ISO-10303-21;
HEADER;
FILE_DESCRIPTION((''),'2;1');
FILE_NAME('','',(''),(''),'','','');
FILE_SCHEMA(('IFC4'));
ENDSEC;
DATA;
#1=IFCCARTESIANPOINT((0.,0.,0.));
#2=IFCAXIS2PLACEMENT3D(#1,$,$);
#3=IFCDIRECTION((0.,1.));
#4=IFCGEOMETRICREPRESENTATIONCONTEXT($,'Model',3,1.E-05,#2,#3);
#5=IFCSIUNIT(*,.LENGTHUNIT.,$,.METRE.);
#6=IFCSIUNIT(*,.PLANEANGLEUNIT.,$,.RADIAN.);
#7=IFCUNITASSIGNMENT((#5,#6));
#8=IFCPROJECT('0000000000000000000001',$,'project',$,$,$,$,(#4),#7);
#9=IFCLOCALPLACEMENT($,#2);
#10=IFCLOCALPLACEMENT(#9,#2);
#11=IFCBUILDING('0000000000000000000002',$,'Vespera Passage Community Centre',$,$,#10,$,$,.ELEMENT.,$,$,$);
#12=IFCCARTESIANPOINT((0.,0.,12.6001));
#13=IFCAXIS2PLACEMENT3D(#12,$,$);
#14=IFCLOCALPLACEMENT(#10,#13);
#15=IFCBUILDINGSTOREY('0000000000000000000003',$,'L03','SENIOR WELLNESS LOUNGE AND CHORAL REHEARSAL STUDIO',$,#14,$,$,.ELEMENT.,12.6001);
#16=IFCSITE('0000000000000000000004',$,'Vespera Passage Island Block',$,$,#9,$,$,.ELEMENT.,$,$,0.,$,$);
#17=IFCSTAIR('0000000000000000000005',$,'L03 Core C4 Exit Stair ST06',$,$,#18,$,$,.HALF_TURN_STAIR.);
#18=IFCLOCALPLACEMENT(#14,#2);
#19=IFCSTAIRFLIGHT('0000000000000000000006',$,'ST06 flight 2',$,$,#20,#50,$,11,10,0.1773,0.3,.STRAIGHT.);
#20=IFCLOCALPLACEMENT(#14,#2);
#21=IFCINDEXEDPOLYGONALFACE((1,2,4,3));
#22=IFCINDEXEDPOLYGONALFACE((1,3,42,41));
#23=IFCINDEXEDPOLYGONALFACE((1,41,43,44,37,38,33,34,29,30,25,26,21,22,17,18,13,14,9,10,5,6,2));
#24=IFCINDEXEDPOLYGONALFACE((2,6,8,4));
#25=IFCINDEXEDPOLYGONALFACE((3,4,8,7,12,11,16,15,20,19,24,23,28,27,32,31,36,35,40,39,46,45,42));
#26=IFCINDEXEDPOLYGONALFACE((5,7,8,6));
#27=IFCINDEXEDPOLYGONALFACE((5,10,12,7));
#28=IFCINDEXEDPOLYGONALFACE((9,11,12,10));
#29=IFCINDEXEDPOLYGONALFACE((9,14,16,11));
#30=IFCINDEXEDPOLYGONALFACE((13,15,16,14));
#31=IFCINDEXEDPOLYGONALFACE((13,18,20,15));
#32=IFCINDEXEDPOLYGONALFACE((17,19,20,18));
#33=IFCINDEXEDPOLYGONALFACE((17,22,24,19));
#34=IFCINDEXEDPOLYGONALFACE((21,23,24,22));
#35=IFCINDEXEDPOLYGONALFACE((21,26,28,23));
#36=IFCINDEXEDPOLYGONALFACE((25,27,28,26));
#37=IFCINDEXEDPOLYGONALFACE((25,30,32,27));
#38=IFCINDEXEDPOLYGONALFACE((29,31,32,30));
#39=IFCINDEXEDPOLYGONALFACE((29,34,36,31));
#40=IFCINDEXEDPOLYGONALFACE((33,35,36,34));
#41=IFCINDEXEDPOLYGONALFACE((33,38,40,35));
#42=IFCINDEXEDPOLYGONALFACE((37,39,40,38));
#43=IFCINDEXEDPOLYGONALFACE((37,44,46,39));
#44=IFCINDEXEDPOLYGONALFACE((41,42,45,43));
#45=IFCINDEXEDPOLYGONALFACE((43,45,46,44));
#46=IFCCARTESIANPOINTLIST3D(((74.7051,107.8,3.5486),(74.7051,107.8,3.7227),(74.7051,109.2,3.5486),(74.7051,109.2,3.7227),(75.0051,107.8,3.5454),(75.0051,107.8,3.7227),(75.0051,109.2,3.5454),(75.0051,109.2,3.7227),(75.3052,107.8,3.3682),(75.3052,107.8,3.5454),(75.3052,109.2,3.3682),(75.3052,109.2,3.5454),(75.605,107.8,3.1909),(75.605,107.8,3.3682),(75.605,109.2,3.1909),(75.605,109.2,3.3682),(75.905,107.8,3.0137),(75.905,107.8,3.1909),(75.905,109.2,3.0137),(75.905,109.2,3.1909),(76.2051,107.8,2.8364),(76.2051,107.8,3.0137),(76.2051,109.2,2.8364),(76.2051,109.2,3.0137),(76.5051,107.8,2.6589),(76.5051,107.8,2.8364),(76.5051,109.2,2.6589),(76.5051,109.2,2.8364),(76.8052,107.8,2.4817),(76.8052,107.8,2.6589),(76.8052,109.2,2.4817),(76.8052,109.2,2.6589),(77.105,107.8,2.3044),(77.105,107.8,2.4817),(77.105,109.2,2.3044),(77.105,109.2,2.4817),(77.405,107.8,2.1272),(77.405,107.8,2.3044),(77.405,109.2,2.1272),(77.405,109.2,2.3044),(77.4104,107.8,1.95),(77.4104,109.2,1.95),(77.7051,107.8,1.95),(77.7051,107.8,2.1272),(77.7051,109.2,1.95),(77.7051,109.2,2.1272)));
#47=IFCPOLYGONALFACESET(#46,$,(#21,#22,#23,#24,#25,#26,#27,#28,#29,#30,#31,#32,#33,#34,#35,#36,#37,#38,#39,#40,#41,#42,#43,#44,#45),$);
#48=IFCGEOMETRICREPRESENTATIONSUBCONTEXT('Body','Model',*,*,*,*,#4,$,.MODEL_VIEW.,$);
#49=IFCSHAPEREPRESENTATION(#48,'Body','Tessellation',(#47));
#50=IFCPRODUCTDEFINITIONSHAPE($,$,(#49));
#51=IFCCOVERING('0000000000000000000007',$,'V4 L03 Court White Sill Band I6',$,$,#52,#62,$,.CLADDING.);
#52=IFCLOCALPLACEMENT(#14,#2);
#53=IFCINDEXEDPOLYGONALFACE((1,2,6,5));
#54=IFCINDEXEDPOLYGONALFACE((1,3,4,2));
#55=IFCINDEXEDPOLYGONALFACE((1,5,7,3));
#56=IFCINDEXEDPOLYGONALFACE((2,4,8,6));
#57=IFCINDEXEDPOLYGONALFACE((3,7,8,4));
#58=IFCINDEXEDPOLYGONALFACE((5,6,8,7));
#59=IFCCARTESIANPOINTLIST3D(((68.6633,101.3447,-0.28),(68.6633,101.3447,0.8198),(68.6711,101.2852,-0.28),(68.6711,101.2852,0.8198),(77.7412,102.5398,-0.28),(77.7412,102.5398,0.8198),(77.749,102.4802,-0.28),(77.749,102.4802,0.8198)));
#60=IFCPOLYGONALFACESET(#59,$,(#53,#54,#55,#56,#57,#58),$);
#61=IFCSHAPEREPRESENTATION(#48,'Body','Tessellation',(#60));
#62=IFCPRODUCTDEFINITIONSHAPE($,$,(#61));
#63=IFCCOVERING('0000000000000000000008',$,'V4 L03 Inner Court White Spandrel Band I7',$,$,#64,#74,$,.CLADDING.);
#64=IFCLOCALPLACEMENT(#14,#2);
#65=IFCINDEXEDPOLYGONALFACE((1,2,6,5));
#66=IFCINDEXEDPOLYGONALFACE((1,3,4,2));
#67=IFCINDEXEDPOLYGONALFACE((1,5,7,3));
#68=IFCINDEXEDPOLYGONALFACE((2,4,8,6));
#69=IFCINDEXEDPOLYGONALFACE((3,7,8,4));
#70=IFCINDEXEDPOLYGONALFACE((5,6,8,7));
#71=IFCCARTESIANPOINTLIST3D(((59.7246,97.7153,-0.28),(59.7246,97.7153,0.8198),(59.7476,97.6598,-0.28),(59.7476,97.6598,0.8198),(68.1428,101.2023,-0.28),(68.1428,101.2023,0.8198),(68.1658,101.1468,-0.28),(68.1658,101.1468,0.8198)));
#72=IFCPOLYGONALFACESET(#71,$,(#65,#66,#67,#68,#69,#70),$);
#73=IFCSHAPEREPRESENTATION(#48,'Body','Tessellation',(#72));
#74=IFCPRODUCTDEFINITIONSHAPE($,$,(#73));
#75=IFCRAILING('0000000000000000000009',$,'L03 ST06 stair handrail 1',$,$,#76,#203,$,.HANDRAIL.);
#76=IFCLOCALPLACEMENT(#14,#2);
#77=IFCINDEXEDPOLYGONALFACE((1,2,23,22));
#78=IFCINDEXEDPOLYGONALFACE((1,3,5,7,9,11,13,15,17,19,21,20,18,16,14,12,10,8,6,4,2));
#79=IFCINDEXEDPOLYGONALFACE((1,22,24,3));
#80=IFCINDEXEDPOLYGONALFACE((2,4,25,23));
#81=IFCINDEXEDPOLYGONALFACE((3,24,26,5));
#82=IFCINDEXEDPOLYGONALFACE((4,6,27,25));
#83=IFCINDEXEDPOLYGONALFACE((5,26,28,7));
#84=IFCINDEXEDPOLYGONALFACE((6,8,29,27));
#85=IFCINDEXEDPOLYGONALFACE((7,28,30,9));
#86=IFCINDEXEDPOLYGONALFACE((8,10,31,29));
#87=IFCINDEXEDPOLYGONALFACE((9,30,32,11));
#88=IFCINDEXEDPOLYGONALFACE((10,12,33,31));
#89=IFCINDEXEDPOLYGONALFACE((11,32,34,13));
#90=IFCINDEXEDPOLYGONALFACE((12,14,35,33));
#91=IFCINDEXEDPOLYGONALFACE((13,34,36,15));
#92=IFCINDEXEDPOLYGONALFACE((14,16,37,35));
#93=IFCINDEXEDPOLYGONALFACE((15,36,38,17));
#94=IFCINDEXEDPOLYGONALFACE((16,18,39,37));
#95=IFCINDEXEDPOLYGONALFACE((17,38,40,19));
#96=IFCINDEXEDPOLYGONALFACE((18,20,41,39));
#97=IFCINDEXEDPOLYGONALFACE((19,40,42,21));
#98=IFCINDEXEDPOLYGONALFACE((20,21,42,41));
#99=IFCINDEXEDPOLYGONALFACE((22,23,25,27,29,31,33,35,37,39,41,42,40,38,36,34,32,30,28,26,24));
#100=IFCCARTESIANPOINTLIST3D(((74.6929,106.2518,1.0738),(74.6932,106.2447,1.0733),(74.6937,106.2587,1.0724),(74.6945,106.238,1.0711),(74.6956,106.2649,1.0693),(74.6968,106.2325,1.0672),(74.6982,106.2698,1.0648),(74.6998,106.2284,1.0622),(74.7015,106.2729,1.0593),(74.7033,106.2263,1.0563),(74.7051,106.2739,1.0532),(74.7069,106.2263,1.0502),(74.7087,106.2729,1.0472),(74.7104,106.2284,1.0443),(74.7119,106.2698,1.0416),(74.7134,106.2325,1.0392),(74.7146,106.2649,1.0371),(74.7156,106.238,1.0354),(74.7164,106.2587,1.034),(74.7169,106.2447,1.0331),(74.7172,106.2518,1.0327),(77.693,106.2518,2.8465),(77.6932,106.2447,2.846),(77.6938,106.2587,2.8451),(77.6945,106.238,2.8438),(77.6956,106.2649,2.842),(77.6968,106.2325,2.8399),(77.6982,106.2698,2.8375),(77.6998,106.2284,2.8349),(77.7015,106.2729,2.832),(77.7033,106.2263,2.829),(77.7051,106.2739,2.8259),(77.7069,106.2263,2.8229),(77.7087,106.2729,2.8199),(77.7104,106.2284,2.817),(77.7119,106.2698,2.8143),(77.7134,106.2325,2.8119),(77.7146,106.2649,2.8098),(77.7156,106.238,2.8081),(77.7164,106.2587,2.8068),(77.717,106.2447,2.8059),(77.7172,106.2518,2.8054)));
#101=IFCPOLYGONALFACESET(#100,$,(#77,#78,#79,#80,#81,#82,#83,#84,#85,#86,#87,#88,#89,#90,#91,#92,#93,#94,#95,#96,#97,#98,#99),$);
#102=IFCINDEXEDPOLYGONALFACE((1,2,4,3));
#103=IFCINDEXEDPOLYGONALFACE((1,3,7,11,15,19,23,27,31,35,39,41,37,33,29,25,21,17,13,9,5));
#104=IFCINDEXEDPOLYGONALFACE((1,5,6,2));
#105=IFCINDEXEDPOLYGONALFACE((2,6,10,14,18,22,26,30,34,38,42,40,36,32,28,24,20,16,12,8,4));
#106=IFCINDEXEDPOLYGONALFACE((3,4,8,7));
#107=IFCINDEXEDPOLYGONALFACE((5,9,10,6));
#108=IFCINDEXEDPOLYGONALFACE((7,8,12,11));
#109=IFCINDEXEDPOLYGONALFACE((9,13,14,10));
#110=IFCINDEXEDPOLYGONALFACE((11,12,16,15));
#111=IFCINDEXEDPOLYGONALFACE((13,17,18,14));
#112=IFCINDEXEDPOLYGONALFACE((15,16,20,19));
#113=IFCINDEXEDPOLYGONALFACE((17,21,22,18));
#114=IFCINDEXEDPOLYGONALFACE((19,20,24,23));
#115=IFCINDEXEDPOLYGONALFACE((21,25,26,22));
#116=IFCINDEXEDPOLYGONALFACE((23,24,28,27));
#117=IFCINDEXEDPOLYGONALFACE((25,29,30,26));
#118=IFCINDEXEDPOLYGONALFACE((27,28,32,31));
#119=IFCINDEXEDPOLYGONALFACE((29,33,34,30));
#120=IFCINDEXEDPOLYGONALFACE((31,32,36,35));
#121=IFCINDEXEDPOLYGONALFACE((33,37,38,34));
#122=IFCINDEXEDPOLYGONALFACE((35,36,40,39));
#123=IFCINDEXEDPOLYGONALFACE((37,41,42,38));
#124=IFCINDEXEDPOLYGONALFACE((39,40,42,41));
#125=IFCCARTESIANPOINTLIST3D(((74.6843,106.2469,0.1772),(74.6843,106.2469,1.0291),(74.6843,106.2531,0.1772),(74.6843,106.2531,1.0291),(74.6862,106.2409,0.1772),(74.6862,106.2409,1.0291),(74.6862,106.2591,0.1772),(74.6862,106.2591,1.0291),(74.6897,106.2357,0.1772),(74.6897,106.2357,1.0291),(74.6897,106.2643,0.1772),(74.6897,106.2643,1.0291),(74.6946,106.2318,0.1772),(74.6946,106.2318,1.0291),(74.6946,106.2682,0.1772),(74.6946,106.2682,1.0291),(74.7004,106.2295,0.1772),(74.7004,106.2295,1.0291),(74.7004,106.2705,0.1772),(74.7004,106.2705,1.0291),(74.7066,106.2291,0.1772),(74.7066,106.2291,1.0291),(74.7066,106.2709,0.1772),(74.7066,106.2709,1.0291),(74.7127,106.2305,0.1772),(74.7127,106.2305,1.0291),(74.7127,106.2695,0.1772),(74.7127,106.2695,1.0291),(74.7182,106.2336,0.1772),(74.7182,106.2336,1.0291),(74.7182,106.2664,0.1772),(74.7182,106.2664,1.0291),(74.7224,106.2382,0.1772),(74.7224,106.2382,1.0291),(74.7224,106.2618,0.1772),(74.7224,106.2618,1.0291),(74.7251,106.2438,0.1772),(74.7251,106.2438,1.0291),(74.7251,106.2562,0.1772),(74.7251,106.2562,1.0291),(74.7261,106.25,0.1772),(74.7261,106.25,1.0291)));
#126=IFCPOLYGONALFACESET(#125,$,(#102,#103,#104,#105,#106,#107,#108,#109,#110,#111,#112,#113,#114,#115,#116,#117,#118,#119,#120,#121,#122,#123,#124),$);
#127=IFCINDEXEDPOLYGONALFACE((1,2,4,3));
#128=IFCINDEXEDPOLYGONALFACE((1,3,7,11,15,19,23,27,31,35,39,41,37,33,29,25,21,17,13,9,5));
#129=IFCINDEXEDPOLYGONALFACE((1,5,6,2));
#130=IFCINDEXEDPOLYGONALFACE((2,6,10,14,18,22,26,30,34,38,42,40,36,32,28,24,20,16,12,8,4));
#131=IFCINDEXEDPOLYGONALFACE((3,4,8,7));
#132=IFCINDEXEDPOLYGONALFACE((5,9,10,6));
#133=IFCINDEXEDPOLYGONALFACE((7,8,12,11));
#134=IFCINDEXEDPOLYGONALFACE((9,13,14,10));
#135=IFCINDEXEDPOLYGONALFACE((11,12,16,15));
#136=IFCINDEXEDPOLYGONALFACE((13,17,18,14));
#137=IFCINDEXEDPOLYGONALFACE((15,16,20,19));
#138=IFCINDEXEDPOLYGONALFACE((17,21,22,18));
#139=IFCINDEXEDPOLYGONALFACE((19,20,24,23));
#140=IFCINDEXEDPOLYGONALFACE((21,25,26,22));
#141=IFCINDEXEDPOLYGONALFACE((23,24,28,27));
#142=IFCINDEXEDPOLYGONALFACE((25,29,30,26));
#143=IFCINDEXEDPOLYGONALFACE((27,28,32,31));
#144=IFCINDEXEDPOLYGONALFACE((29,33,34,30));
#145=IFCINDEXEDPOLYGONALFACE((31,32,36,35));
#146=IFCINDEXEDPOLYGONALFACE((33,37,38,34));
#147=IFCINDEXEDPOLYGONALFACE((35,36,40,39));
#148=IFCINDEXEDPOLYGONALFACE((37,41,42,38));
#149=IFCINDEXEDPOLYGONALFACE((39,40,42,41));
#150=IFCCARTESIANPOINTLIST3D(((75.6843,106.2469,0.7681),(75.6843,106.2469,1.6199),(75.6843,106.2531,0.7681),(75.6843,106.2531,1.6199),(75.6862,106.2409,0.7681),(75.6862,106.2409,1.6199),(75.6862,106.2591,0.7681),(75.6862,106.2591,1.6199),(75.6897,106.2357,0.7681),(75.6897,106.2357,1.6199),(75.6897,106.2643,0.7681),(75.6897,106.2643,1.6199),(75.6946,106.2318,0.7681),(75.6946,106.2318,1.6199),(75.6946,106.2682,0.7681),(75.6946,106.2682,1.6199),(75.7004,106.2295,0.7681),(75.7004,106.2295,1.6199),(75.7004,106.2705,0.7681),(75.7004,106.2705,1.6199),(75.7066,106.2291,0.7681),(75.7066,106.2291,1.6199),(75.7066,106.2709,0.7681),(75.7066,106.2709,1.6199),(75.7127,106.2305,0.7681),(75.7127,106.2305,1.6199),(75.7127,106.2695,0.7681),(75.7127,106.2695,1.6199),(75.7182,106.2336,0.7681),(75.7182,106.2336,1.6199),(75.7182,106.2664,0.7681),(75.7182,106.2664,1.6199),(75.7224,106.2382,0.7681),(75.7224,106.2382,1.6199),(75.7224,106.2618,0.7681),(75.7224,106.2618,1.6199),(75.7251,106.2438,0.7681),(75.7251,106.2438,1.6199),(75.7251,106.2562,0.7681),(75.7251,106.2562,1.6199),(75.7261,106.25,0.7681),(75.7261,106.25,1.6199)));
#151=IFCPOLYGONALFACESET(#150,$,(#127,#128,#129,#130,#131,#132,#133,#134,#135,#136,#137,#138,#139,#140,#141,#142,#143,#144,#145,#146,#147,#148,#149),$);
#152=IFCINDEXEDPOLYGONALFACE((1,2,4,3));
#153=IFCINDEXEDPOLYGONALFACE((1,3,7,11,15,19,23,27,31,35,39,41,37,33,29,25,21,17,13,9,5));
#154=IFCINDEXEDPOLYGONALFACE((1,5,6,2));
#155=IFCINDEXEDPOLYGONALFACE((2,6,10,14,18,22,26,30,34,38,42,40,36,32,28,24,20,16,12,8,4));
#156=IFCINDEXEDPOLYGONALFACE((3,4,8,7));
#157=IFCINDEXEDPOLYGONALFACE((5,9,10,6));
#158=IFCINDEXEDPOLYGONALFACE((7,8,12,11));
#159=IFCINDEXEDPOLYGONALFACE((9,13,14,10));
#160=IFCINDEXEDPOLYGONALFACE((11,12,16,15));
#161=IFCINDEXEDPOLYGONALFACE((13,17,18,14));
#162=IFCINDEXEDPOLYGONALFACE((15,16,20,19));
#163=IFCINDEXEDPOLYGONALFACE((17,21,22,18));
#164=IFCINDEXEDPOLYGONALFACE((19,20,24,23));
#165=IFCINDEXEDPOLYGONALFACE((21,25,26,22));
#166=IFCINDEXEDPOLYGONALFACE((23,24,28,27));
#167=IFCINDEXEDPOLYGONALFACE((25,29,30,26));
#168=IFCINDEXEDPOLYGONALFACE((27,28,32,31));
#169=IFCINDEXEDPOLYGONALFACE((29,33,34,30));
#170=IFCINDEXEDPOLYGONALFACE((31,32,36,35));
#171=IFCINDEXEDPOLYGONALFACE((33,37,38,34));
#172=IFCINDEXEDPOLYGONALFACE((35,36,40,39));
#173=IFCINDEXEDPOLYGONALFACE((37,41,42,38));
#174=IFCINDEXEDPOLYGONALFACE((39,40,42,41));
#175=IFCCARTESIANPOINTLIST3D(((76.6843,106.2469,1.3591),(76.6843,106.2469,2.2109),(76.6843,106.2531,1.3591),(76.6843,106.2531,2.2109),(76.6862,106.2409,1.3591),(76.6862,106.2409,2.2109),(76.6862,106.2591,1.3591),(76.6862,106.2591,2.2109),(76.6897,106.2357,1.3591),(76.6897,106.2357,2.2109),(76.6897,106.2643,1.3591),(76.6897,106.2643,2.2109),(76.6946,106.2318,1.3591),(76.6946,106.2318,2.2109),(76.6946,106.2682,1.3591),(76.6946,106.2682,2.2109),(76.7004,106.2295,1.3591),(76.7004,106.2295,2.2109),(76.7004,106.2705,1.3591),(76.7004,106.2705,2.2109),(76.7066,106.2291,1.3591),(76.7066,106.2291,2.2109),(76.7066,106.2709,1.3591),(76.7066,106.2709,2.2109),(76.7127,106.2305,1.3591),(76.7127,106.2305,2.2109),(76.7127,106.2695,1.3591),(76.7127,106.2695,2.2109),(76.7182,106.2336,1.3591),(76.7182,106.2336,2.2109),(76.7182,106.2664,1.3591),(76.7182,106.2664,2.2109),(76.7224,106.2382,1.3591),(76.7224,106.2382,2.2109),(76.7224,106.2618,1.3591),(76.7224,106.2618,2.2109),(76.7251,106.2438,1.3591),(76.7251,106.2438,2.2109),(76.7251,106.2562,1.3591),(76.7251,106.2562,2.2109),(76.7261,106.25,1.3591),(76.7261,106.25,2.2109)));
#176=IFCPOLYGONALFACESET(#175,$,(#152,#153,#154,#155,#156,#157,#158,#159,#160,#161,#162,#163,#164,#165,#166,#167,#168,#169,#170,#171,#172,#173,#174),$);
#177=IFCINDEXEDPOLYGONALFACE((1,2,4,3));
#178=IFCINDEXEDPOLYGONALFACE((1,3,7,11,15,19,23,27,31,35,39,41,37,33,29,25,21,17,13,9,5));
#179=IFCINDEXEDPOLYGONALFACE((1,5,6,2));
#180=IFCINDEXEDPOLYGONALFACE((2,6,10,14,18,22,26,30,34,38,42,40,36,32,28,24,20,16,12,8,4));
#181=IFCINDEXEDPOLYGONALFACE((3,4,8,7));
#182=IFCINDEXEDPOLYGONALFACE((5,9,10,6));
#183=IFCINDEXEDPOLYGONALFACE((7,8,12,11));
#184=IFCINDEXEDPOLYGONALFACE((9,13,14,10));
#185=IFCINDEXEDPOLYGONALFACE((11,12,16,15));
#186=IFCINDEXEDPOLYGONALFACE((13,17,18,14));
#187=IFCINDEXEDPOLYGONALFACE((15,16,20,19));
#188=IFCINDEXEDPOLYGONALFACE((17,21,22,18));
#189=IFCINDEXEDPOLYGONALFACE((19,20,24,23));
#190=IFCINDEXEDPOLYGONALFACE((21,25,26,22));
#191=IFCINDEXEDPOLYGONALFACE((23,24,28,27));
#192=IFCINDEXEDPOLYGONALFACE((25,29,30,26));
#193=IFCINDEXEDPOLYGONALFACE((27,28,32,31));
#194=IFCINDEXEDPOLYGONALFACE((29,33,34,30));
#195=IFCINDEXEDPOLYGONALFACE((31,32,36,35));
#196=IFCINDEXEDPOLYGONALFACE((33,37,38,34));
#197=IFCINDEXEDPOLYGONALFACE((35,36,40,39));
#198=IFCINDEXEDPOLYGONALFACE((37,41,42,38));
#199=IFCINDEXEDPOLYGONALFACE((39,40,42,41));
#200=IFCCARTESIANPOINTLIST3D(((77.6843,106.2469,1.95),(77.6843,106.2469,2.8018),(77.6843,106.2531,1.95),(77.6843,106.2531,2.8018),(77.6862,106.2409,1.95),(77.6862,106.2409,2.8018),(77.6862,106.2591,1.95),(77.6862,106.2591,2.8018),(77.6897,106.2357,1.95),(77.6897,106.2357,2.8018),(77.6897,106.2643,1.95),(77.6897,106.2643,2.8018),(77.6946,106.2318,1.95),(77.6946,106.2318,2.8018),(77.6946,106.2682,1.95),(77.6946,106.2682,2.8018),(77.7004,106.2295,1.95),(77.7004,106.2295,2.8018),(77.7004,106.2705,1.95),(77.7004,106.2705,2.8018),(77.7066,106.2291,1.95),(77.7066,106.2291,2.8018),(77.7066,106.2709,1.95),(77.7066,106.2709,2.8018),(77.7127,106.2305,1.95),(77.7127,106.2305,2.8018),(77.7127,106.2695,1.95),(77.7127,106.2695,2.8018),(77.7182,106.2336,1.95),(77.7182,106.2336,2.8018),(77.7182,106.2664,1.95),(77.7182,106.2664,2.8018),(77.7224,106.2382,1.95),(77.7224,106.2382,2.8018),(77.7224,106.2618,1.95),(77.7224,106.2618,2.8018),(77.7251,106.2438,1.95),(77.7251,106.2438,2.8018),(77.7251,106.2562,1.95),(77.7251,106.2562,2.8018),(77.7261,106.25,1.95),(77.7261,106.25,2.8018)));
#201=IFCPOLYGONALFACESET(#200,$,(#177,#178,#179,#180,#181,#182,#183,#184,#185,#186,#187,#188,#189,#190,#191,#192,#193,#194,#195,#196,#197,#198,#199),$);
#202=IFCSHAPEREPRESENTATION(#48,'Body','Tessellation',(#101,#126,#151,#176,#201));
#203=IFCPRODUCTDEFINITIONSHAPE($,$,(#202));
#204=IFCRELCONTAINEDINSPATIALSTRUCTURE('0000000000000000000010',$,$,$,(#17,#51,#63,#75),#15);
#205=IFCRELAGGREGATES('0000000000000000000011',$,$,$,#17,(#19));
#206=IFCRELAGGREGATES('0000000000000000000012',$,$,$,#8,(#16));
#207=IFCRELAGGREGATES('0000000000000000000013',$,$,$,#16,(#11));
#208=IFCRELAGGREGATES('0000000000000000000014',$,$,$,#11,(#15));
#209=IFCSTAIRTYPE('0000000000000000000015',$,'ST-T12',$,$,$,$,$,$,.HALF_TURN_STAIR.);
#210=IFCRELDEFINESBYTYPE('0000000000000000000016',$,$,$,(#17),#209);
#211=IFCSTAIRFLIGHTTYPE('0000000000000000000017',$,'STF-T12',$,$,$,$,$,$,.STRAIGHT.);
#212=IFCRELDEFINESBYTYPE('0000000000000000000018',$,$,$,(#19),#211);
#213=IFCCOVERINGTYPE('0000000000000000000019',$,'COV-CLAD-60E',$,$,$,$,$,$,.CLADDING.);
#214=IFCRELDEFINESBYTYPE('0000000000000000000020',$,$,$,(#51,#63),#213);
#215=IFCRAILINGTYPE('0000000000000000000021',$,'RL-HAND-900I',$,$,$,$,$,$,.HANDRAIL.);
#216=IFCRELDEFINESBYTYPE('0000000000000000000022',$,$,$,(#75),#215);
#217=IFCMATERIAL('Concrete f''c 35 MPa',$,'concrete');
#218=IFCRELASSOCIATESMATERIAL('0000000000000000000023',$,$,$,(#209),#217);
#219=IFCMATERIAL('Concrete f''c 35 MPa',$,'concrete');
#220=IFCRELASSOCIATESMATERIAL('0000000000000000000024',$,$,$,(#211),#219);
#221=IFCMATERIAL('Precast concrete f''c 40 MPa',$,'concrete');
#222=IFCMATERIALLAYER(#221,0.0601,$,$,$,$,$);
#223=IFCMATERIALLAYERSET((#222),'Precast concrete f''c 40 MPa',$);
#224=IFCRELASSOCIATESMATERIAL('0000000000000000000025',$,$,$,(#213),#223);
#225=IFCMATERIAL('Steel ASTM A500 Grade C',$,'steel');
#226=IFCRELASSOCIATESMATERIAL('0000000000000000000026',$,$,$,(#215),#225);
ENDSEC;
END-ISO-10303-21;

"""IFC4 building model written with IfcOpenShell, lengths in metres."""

from ifc_helpers import new_model, si_unit, direction, frame, frame_2d, origin, origin_2d, place, context, subcontext, project, spatial, polyline, rectangle, circle, outline, extrude, material, layer, layer_set, type_object, element, aggregate, save


model = new_model("IFC4")

# Units and contexts
model_context = context("Model", 3, precision=1e-05, world=origin(), true_north=direction((0.0, 1.0)))
body_context = subcontext(model_context, "Body", "Model", "MODEL_VIEW")
ifc_project = project(units=[si_unit("LENGTHUNIT", "METRE"), si_unit("PLANEANGLEUNIT", "RADIAN")], contexts=[model_context])

# Site, building, storey
site_placement = place(None, origin())
site = spatial("IfcSite", under=ifc_project, at=site_placement, Name="Vespera Passage Island Block", CompositionType="ELEMENT", RefElevation=0.0)
building_placement = place(site_placement, origin())
building = spatial("IfcBuilding", under=site, at=building_placement, Name="Vespera Passage Community Centre", CompositionType="ELEMENT")
storey_placement = place(building_placement, frame((0.0, 0.0, 12.6001)))
storey = spatial("IfcBuildingStorey", under=building, at=storey_placement, Name="L03", Description="SENIOR WELLNESS LOUNGE AND CHORAL REHEARSAL STUDIO", CompositionType="ELEMENT", Elevation=12.6001)

# Stair, stair flight
ifc_material_1 = material(Name="Concrete f'c 35 MPa", Category="concrete")
stair_type = type_object("IfcStairType", Name="ST-T12", PredefinedType="HALF_TURN_STAIR", material=ifc_material_1)
stair_placement = place(storey_placement, origin())
stair = element("IfcStair", 1, at=stair_placement, inside=storey, type_object=stair_type, Name="L03 Core C4 Exit Stair ST06", PredefinedType="HALF_TURN_STAIR")
ifc_material_2 = material(Name="Concrete f'c 35 MPa", Category="concrete")
stair_flight_type = type_object("IfcStairFlightType", Name="STF-T12", PredefinedType="STRAIGHT", material=ifc_material_2)
stair_flight_1_placement = place(storey_placement, frame((77.7051, 108.5, 1.95), z_axis=(0.0, 0.0, 1.0), x_axis=(-1.0, 0.0, 0.0)))
stair_flight_1 = element("IfcStairFlight", 2, at=stair_flight_1_placement, type_object=stair_flight_type, Name="ST06 flight 2", NumberOfRisers=11, NumberOfTreads=10, PredefinedType="STRAIGHT", RiserHeight=0.1773, TreadLength=0.3, context=body_context, shape_type="SweptSolid", body=[
    extrude(outline(polyline([(0.0, 0.0), (0.0, 0.1772), (0.3, 0.1772), (0.3, 0.3545), (0.6001, 0.3545), (0.6001, 0.5317), (0.8999, 0.5317), (0.8999, 0.709), (1.2, 0.709), (1.2, 0.8865), (1.5, 0.8865), (1.5, 1.0637), (1.8, 1.0637), (1.8, 1.241), (2.1001, 1.241), (2.1001, 1.4182), (2.3999, 1.4182), (2.3999, 1.5955), (2.7, 1.5955), (2.7, 1.7727), (3.0, 1.7727), (3.0, 1.95), (3.0, 1.5986), (0.2947, 0.0), (0.0, 0.0)])), frame((0.0, 0.7, 0.0), z_axis=(0.0, -1.0, 0.0), x_axis=(1.0, 0.0, 0.0)), (0.0, 0.0, 1.0), 1.3999),
])
aggregate(stair, [stair_flight_1])

# Coverings
ifc_material_3 = material(Name="Precast concrete f'c 40 MPa", Category="concrete")
ifc_layer_1 = layer(ifc_material_3, 0.0601)
ifc_layer_set_1 = layer_set([ifc_layer_1], Name="Precast concrete f'c 40 MPa")
covering_type = type_object("IfcCoveringType", Name="COV-CLAD-60E", PredefinedType="CLADDING", material=ifc_layer_set_1)
covering_1_placement = place(storey_placement, frame((77.7451, 102.51, -0.28), z_axis=(0.0, 0.0, 1.0), x_axis=(-0.991446, -0.13052, 0.0)))
element("IfcCovering", 3, at=covering_1_placement, inside=storey, type_object=covering_type, Name="V4 L03 Court White Sill Band I6", PredefinedType="CLADDING", context=body_context, shape_type="SweptSolid", body=[
    extrude(rectangle(XDim=9.1562, YDim=0.0601, at=frame_2d((4.5781, 0.0))), origin(), (0.0, 0.0, 1.0), 1.0999),
])
covering_2_placement = place(storey_placement, frame((68.1543, 101.1746, -0.28), z_axis=(0.0, 0.0, 1.0), x_axis=(-0.923875, -0.382695, 0.0)))
element("IfcCovering", 4, at=covering_2_placement, inside=storey, type_object=covering_type, Name="V4 L03 Inner Court White Spandrel Band I7", PredefinedType="CLADDING", context=body_context, shape_type="SweptSolid", body=[
    extrude(rectangle(XDim=9.1118, YDim=0.0601, at=frame_2d((4.5559, 0.0))), origin(), (0.0, 0.0, 1.0), 1.0999),
])

# Railing
ifc_material_4 = material(Name="Steel ASTM A500 Grade C", Category="steel")
railing_type_1 = type_object("IfcRailingType", Name="RL-HAND-900I", PredefinedType="HANDRAIL", material=ifc_material_4)
railing_1_placement = place(storey_placement, frame((74.7051, 106.25, 0.1772)))
element("IfcRailing", 5, at=railing_1_placement, inside=storey, type_object=railing_type_1, Name="L03 ST06 stair handrail 1", PredefinedType="HANDRAIL", context=body_context, shape_type="SweptSolid", body=[
    extrude(circle(Radius=0.0239, at=origin_2d()), frame((0.0, 0.0, 0.876), z_axis=(0.860929, 0.0, 0.508725), x_axis=(0.0, 1.0, 0.0)), (0.0, 0.0, 1.0), 3.4846),
    extrude(circle(Radius=0.021, at=origin_2d()), origin(), (0.0, 0.0, 1.0), 0.8518),
    extrude(circle(Radius=0.021, at=origin_2d()), frame((1.0, 0.0, 0.5908)), (0.0, 0.0, 1.0), 0.8518),
    extrude(circle(Radius=0.021, at=origin_2d()), frame((2.0, 0.0, 1.1819)), (0.0, 0.0, 1.0), 0.8518),
    extrude(circle(Radius=0.021, at=origin_2d()), frame((3.0, 0.0, 1.7727)), (0.0, 0.0, 1.0), 0.8518),
])

save(model, "model.ifc")
